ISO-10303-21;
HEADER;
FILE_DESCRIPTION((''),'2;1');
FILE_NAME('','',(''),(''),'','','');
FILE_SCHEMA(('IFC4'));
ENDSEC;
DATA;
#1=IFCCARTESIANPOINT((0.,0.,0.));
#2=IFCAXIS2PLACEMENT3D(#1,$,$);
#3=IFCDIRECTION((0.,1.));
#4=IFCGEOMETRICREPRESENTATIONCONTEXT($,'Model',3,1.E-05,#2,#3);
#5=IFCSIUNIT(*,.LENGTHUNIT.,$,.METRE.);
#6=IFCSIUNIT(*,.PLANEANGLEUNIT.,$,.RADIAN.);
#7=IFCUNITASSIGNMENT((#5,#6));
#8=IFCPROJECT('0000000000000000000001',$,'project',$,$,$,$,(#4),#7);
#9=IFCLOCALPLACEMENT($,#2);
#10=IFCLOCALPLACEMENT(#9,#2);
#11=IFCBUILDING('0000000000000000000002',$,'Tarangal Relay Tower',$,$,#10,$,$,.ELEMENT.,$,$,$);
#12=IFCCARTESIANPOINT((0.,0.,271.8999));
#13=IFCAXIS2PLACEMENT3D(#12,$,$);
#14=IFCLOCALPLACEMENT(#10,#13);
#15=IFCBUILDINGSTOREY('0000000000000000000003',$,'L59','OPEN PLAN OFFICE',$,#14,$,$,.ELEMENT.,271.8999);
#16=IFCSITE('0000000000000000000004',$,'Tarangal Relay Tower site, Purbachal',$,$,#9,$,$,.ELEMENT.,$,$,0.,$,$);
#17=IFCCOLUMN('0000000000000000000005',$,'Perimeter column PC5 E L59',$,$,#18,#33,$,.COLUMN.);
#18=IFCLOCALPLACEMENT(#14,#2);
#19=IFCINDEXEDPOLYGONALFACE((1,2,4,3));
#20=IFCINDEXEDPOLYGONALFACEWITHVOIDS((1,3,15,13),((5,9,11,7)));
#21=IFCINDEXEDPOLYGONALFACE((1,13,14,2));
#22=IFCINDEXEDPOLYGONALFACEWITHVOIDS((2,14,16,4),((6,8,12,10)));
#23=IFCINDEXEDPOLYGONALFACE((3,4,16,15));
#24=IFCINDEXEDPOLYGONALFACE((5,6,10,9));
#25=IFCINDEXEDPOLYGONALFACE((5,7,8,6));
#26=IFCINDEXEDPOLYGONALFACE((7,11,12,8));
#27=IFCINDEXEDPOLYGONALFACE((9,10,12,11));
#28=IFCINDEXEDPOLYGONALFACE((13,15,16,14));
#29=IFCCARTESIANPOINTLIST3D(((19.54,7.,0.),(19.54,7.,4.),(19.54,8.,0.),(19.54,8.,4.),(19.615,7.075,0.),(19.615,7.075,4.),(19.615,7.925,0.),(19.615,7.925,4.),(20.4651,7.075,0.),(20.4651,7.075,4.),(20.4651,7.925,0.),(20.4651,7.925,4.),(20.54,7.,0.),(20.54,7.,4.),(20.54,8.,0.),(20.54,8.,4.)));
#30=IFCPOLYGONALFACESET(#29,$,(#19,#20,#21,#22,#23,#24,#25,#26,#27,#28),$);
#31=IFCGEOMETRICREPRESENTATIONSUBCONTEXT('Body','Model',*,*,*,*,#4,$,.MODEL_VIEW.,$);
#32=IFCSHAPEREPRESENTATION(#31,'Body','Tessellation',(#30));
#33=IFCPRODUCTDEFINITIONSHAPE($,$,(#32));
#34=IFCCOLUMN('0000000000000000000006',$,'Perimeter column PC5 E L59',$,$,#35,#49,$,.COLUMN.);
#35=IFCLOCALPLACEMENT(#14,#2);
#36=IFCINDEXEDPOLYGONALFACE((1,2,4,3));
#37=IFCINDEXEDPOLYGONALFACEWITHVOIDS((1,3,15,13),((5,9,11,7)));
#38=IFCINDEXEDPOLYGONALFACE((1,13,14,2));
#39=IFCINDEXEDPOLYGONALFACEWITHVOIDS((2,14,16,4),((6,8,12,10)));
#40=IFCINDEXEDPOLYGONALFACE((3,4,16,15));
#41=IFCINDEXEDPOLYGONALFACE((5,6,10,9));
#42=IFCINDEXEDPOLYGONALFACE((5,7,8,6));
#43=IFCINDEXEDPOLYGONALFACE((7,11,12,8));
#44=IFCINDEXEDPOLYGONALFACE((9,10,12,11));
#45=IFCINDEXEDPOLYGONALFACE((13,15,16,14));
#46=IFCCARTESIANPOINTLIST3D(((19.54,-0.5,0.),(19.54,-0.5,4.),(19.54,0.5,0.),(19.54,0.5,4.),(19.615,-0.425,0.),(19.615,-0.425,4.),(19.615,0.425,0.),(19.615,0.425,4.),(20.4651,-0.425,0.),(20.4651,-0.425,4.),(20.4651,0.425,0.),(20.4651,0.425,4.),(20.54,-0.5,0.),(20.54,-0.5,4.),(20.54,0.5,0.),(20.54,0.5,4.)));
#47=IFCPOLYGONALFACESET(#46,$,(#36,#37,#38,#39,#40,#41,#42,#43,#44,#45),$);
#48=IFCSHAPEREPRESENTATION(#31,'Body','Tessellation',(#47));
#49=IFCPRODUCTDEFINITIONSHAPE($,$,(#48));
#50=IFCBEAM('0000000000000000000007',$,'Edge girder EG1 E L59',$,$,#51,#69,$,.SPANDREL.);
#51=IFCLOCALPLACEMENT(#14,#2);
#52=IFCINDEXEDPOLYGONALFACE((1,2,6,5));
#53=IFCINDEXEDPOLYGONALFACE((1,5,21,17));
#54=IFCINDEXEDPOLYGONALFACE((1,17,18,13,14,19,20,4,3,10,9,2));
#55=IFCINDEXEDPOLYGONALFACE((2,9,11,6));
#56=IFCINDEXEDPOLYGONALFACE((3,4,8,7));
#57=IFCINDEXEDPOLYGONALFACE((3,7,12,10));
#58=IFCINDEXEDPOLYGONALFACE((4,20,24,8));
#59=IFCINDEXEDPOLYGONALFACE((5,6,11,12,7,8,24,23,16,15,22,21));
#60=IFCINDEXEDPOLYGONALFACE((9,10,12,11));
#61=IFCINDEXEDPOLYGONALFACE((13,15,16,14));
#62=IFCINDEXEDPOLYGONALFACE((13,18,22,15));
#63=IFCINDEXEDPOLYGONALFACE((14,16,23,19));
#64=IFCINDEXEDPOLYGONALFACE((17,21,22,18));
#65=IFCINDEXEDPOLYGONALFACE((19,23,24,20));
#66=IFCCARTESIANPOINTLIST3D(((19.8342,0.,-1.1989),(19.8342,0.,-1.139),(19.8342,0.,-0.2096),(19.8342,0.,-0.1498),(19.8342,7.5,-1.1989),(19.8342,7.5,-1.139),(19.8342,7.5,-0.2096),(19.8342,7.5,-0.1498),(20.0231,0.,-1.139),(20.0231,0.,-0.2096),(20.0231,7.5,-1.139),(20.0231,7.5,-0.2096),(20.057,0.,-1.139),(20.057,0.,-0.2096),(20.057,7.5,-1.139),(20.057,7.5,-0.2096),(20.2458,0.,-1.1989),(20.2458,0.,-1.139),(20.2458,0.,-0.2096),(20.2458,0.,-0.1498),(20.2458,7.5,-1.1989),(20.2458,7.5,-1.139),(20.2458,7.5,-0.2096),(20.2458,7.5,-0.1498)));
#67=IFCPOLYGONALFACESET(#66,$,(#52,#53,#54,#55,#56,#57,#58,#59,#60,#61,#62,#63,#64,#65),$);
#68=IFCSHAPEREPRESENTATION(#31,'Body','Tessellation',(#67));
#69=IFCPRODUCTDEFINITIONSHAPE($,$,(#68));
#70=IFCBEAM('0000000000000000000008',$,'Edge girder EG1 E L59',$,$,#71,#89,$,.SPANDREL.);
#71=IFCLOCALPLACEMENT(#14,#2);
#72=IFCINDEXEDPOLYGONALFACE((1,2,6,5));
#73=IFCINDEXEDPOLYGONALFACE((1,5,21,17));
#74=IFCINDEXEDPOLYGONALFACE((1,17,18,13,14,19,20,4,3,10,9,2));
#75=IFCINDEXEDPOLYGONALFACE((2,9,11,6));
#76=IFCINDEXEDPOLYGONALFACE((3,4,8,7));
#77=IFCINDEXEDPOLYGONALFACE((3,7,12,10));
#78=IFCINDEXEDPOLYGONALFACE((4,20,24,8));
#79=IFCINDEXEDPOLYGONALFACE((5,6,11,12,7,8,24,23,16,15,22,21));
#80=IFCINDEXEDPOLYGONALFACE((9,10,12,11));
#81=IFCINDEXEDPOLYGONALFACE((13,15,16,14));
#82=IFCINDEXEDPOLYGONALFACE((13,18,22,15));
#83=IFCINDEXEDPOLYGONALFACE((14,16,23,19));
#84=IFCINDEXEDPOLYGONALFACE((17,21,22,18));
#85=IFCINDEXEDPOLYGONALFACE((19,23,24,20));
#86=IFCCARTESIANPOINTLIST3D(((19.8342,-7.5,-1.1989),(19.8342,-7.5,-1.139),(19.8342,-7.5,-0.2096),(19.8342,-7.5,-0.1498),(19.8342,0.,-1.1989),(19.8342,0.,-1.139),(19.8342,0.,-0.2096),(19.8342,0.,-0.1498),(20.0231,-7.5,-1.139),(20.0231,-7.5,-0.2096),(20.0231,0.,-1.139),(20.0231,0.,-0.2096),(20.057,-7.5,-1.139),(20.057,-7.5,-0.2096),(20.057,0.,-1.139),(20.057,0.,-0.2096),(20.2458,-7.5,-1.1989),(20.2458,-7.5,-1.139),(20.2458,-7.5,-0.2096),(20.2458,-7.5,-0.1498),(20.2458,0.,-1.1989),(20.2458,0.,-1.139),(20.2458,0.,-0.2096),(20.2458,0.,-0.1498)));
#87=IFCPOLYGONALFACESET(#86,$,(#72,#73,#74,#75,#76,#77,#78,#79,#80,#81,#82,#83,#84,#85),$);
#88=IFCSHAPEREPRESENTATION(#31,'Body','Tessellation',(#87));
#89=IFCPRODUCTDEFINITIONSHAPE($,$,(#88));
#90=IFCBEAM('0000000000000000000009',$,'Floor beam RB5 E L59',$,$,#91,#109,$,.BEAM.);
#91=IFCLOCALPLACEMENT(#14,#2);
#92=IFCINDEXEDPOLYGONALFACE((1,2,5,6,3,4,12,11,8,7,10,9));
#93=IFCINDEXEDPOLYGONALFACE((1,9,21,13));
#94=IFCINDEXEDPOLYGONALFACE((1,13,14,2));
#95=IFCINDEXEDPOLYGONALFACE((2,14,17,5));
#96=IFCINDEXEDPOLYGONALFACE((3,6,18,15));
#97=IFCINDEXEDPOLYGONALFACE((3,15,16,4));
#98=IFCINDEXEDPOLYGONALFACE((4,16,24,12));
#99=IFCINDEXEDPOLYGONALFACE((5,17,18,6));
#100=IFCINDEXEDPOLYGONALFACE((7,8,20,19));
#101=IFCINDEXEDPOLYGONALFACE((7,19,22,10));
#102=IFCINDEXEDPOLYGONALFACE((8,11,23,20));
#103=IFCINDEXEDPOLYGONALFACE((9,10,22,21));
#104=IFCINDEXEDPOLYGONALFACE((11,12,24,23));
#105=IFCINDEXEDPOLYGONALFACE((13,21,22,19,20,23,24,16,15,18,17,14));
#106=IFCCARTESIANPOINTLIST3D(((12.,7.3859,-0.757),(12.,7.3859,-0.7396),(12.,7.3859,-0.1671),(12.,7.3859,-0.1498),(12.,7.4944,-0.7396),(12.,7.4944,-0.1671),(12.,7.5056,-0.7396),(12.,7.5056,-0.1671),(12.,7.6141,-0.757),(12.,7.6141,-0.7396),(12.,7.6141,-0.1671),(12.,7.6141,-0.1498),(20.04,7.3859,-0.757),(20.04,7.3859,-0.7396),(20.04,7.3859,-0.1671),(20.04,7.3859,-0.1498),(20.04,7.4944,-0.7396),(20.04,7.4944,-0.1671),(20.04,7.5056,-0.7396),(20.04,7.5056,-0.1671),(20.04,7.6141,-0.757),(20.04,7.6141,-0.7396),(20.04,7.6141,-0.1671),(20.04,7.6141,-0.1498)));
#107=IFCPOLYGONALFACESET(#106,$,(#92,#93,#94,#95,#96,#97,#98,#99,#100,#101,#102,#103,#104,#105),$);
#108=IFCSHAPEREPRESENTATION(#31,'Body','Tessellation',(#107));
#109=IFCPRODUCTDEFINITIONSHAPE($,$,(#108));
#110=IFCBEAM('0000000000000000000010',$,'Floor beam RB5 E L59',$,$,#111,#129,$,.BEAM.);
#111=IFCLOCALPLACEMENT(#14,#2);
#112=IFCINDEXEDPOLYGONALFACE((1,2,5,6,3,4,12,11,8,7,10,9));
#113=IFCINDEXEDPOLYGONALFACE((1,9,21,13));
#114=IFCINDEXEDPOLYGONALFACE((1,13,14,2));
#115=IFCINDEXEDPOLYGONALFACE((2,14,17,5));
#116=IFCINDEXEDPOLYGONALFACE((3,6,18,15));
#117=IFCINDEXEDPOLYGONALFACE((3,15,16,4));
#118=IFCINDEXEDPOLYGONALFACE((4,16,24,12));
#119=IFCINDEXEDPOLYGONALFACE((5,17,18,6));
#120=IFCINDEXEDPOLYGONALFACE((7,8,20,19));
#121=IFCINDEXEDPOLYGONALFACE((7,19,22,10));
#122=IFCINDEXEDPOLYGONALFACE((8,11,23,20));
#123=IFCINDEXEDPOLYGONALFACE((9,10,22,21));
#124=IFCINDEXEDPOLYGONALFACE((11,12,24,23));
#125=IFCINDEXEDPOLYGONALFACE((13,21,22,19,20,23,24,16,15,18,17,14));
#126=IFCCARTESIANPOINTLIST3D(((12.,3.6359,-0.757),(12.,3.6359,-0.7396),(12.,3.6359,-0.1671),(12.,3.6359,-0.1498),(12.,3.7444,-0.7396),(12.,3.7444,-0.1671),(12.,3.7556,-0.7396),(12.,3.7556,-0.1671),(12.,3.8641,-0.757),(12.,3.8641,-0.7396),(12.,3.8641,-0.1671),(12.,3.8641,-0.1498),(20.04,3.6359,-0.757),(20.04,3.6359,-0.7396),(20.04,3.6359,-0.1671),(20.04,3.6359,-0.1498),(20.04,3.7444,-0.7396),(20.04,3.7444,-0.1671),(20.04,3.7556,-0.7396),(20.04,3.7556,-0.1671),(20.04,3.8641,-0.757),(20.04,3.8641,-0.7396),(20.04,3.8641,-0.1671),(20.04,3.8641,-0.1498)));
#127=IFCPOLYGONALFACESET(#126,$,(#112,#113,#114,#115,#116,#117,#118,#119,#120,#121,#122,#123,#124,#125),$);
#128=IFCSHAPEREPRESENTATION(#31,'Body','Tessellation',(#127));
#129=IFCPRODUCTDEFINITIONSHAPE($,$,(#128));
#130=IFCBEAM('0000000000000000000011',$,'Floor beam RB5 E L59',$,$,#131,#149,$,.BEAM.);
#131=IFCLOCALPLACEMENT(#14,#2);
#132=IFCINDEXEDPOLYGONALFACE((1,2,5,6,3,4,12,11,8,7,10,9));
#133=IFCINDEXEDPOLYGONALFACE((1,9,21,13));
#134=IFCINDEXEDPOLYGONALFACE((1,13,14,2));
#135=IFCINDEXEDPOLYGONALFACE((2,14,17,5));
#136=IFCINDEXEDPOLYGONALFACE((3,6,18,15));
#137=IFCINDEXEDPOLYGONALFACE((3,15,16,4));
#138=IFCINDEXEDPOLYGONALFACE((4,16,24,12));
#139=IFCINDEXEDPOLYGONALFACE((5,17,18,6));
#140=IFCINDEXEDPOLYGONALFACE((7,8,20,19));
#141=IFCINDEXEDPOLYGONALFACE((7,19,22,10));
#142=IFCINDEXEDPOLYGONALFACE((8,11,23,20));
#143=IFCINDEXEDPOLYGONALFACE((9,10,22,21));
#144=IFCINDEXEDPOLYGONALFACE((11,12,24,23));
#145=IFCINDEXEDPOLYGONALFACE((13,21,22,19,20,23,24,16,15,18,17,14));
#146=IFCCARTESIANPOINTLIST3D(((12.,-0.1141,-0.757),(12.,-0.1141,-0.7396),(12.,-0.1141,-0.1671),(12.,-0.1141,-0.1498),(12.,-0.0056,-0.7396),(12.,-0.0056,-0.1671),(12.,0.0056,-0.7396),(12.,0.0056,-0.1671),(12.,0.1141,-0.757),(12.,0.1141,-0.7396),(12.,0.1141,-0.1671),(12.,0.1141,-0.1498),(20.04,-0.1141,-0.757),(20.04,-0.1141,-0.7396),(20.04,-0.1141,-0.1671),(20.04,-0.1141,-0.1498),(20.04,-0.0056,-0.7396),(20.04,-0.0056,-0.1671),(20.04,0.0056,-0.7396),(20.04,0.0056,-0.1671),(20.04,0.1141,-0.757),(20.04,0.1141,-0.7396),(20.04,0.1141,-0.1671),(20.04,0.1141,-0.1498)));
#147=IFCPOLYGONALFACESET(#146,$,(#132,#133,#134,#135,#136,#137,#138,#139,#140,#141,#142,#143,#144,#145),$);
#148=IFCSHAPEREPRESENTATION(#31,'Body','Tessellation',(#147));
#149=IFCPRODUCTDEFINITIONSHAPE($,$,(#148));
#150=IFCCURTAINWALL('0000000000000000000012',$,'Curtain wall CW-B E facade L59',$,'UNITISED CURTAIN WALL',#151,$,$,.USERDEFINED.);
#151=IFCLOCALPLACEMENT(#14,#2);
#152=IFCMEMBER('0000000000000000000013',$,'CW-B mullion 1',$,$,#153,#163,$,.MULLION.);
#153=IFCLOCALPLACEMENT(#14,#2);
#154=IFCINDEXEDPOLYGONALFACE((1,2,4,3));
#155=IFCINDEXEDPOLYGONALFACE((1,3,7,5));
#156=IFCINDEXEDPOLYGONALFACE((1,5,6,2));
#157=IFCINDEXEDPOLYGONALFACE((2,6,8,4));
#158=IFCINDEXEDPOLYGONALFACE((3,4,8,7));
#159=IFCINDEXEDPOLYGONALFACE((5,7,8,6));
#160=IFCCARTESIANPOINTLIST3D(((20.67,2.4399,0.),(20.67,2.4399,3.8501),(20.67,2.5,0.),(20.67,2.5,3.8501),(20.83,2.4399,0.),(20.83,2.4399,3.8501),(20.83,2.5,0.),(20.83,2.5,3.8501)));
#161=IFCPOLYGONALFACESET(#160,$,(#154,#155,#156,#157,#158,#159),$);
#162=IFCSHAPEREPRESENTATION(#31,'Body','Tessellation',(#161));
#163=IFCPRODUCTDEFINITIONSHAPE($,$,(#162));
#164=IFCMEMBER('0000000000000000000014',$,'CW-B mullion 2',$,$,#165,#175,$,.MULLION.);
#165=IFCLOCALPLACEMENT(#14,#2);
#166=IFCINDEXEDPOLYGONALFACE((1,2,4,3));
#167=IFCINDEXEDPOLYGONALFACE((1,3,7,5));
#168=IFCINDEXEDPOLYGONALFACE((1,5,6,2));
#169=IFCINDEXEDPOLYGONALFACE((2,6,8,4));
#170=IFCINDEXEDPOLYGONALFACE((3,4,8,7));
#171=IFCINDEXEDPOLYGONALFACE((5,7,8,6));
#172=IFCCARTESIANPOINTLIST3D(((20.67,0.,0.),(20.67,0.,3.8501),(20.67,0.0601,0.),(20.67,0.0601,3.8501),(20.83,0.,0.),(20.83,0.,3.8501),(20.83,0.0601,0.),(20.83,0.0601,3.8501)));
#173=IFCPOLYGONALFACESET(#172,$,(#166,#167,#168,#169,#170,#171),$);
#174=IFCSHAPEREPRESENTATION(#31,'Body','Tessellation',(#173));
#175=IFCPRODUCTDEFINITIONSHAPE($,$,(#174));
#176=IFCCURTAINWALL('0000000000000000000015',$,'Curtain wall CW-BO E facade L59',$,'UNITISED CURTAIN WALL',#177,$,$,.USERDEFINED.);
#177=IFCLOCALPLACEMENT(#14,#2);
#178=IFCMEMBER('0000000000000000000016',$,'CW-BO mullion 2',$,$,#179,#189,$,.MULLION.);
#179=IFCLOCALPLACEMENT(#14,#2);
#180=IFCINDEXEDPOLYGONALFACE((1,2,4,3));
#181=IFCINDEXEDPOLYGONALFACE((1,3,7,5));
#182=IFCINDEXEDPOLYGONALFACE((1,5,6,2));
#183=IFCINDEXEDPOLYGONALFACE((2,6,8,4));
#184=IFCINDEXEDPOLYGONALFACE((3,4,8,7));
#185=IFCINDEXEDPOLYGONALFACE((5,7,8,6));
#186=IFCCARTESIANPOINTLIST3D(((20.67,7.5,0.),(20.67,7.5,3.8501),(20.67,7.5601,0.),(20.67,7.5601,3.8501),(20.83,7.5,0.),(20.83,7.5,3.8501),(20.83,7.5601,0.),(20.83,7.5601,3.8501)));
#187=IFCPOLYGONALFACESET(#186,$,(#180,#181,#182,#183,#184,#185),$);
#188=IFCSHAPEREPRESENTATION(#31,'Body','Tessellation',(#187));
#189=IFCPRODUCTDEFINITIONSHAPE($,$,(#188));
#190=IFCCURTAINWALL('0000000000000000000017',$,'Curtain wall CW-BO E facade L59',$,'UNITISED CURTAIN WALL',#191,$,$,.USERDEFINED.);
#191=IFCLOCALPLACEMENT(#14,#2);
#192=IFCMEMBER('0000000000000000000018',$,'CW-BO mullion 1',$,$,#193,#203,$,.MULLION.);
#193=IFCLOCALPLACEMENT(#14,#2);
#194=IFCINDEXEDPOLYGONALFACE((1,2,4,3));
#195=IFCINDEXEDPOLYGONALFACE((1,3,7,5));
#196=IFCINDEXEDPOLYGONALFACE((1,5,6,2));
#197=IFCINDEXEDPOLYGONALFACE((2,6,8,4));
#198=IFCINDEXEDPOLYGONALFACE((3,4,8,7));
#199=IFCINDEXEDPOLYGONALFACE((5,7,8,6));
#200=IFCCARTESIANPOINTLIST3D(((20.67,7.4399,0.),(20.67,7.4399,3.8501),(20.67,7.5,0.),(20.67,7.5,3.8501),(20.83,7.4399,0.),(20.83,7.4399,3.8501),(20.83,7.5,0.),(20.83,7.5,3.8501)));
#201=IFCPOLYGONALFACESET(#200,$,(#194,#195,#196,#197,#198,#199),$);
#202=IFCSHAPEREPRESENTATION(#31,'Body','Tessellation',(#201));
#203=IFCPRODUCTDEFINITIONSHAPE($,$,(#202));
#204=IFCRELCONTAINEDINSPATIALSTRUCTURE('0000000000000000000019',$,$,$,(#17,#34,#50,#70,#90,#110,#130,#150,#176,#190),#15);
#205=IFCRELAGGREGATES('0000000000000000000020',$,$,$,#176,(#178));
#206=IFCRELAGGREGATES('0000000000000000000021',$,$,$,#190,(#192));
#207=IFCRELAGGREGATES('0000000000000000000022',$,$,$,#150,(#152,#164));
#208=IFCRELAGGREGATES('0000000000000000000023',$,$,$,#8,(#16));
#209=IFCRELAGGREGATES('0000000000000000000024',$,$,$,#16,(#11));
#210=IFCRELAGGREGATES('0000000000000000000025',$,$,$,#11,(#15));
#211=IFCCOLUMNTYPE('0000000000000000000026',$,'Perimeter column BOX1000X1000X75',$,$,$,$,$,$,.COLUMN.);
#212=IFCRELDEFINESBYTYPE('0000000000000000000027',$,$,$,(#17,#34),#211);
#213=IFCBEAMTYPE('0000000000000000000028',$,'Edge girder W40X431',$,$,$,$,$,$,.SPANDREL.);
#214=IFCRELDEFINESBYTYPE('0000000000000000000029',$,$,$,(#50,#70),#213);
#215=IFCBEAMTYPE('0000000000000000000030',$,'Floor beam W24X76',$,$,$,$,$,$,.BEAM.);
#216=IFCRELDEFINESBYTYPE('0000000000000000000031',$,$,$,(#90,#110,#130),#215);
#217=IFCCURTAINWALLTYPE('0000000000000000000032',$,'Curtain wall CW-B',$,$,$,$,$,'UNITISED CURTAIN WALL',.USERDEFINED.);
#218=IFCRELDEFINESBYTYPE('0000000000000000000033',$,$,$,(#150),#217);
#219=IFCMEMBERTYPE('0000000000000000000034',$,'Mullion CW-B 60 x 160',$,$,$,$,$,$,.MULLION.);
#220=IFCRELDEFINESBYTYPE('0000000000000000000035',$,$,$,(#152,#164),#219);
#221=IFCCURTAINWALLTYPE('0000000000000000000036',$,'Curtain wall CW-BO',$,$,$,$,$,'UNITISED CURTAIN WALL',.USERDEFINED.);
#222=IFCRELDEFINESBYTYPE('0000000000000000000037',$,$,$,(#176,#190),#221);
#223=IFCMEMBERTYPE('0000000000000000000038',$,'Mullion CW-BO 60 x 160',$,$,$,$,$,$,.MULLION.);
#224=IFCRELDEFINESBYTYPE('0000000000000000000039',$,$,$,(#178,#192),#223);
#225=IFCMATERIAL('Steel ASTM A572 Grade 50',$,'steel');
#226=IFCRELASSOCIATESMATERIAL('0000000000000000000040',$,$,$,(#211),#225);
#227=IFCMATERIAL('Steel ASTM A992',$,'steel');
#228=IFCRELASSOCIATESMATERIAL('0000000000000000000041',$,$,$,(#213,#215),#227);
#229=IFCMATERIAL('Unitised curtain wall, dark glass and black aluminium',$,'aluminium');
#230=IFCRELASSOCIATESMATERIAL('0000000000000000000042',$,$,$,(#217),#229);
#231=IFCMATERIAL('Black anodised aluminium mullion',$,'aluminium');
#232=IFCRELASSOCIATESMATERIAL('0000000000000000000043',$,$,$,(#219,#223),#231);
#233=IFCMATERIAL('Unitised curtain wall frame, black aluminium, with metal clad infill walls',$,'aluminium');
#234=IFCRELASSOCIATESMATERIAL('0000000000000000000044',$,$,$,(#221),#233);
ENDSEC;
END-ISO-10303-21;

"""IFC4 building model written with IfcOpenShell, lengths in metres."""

from ifc_helpers import new_model, si_unit, direction, frame, origin, origin_2d, place, context, subcontext, project, spatial, rectangle, hollow_rectangle, i_section, extrude, material, material_profile, profile_set, type_object, element, aggregate, save


model = new_model("IFC4")

# Units and contexts
model_context = context("Model", 3, precision=1e-05, world=origin(), true_north=direction((0.0, 1.0)))
body_context = subcontext(model_context, "Body", "Model", "MODEL_VIEW")
ifc_project = project(units=[si_unit("LENGTHUNIT", "METRE"), si_unit("PLANEANGLEUNIT", "RADIAN")], contexts=[model_context])

# Site, building, storey
site_placement = place(None, origin())
site = spatial("IfcSite", under=ifc_project, at=site_placement, Name="Tarangal Relay Tower site, Purbachal", CompositionType="ELEMENT", RefElevation=0.0)
building_placement = place(site_placement, origin())
building = spatial("IfcBuilding", under=site, at=building_placement, Name="Tarangal Relay Tower", CompositionType="ELEMENT")
storey_placement = place(building_placement, frame((0.0, 0.0, 271.8999)))
storey = spatial("IfcBuildingStorey", under=building, at=storey_placement, Name="L59", Description="OPEN PLAN OFFICE", CompositionType="ELEMENT", Elevation=271.8999)

# Columns
ifc_material_1 = material(Name="Steel ASTM A572 Grade 50", Category="steel")
ifc_material_profile_1 = material_profile(ifc_material_1, hollow_rectangle(XDim=1.0, YDim=1.0, WallThickness=0.075, at=origin_2d()), Name="BOX1000X1000X75")
ifc_profile_set_1 = profile_set([ifc_material_profile_1], Name="Steel ASTM A572 Grade 50")
column_type = type_object("IfcColumnType", Name="Perimeter column BOX1000X1000X75", PredefinedType="COLUMN", material=ifc_profile_set_1)
for number, where, z_axis, x_axis, name in (
    (1, (20.04, 7.5, 0.0), (0.0, 0.0, 1.0), (1.0, 0.0, 0.0), "Perimeter column PC5 E L59"),
    (2, (20.04, 0.0, 0.0), (0.0, 0.0, 1.0), (1.0, 0.0, 0.0), "Perimeter column PC5 E L59"),
):
    element("IfcColumn", number, at=place(storey_placement, frame(where, z_axis=z_axis, x_axis=x_axis)), inside=storey, type_object=column_type, Name=name, PredefinedType="COLUMN", context=body_context, shape_type="SweptSolid", body=[
        extrude(hollow_rectangle(XDim=1.0, YDim=1.0, WallThickness=0.075, at=origin_2d()), origin(), (0.0, 0.0, 1.0), 4.0),
    ])

# Beams
ifc_material_2 = material(Name="Steel ASTM A992", Category="steel")
ifc_material_profile_2 = material_profile(ifc_material_2, i_section(OverallWidth=0.4116, OverallDepth=1.0491, WebThickness=0.0339, FlangeThickness=0.0598, at=origin_2d()), Name="W40X431")
ifc_profile_set_2 = profile_set([ifc_material_profile_2], Name="Steel ASTM A992")
beam_type_1 = type_object("IfcBeamType", Name="Edge girder W40X431", PredefinedType="SPANDREL", material=ifc_profile_set_2)
for number, where, z_axis, x_axis, name in (
    (3, (20.04, 7.5, -0.6743), (0.0, -1.0, 0.0), (1.0, 0.0, 0.0), "Edge girder EG1 E L59"),
    (4, (20.04, 0.0, -0.6743), (0.0, -1.0, 0.0), (1.0, 0.0, 0.0), "Edge girder EG1 E L59"),
):
    element("IfcBeam", number, at=place(storey_placement, frame(where, z_axis=z_axis, x_axis=x_axis)), inside=storey, type_object=beam_type_1, Name=name, PredefinedType="SPANDREL", context=body_context, shape_type="SweptSolid", body=[
        extrude(i_section(OverallWidth=0.4116, OverallDepth=1.0491, WebThickness=0.0339, FlangeThickness=0.0598, at=origin_2d()), origin(), (0.0, 0.0, 1.0), 7.5),
    ])
ifc_material_profile_3 = material_profile(ifc_material_2, i_section(OverallWidth=0.2283, OverallDepth=0.6072, WebThickness=0.0112, FlangeThickness=0.0173, at=origin_2d()), Name="W24X76")
ifc_profile_set_3 = profile_set([ifc_material_profile_3], Name="Steel ASTM A992")
beam_type_2 = type_object("IfcBeamType", Name="Floor beam W24X76", PredefinedType="BEAM", material=ifc_profile_set_3)
for number, where, z_axis, x_axis, name in (
    (5, (12.0, 7.5, -0.4534), (1.0, 0.0, 0.0), (0.0, 1.0, 0.0), "Floor beam RB5 E L59"),
    (6, (12.0, 3.75, -0.4534), (1.0, 0.0, 0.0), (0.0, 1.0, 0.0), "Floor beam RB5 E L59"),
    (7, (12.0, 0.0, -0.4534), (1.0, 0.0, 0.0), (0.0, 1.0, 0.0), "Floor beam RB5 E L59"),
):
    element("IfcBeam", number, at=place(storey_placement, frame(where, z_axis=z_axis, x_axis=x_axis)), inside=storey, type_object=beam_type_2, Name=name, PredefinedType="BEAM", context=body_context, shape_type="SweptSolid", body=[
        extrude(i_section(OverallWidth=0.2283, OverallDepth=0.6072, WebThickness=0.0112, FlangeThickness=0.0173, at=origin_2d()), origin(), (0.0, 0.0, 1.0), 8.04),
    ])

# Curtain wall, members
ifc_material_3 = material(Name="Unitised curtain wall, dark glass and black aluminium", Category="aluminium")
curtain_wall_type_1 = type_object("IfcCurtainWallType", Name="Curtain wall CW-B", ElementType="UNITISED CURTAIN WALL", PredefinedType="USERDEFINED", material=ifc_material_3)
curtain_wall_1_placement = place(storey_placement, origin())
curtain_wall_1 = element("IfcCurtainWall", 8, at=curtain_wall_1_placement, inside=storey, type_object=curtain_wall_type_1, Name="Curtain wall CW-B E facade L59", ObjectType="UNITISED CURTAIN WALL", PredefinedType="USERDEFINED")
ifc_material_4 = material(Name="Black anodised aluminium mullion", Category="aluminium")
ifc_material_profile_4 = material_profile(ifc_material_4, rectangle(XDim=0.1599, YDim=0.0601, at=origin_2d()), Name="CW-BM 60X160")
ifc_profile_set_4 = profile_set([ifc_material_profile_4], Name="Black anodised aluminium mullion")
member_type_1 = type_object("IfcMemberType", Name="Mullion CW-B 60 x 160", PredefinedType="MULLION", material=ifc_profile_set_4)
member_1_placement = place(storey_placement, frame((20.75, 2.47, 0.0), z_axis=(0.0, 0.0, 1.0), x_axis=(1.0, 0.0, 0.0)))
member_1 = element("IfcMember", 9, at=member_1_placement, type_object=member_type_1, Name="CW-B mullion 1", PredefinedType="MULLION", context=body_context, shape_type="SweptSolid", body=[
    extrude(rectangle(XDim=0.1599, YDim=0.0601, at=origin_2d()), origin(), (0.0, 0.0, 1.0), 3.8501),
])
member_2_placement = place(storey_placement, frame((20.75, 0.03, 0.0), z_axis=(0.0, 0.0, 1.0), x_axis=(1.0, 0.0, 0.0)))
member_2 = element("IfcMember", 10, at=member_2_placement, type_object=member_type_1, Name="CW-B mullion 2", PredefinedType="MULLION", context=body_context, shape_type="SweptSolid", body=[
    extrude(rectangle(XDim=0.1599, YDim=0.0601, at=origin_2d()), origin(), (0.0, 0.0, 1.0), 3.8501),
])

# Curtain wall, member
ifc_material_5 = material(Name="Unitised curtain wall frame, black aluminium, with metal clad infill walls", Category="aluminium")
curtain_wall_type_2 = type_object("IfcCurtainWallType", Name="Curtain wall CW-BO", ElementType="UNITISED CURTAIN WALL", PredefinedType="USERDEFINED", material=ifc_material_5)
curtain_wall_2_placement = place(storey_placement, origin())
curtain_wall_2 = element("IfcCurtainWall", 11, at=curtain_wall_2_placement, inside=storey, type_object=curtain_wall_type_2, Name="Curtain wall CW-BO E facade L59", ObjectType="UNITISED CURTAIN WALL", PredefinedType="USERDEFINED")
ifc_material_profile_5 = material_profile(ifc_material_4, rectangle(XDim=0.1599, YDim=0.0601, at=origin_2d()), Name="CW-BOM 60X160")
ifc_profile_set_5 = profile_set([ifc_material_profile_5], Name="Black anodised aluminium mullion")
member_type_2 = type_object("IfcMemberType", Name="Mullion CW-BO 60 x 160", PredefinedType="MULLION", material=ifc_profile_set_5)
member_3_placement = place(storey_placement, frame((20.75, 7.53, 0.0), z_axis=(0.0, 0.0, 1.0), x_axis=(1.0, 0.0, 0.0)))
member_3 = element("IfcMember", 12, at=member_3_placement, type_object=member_type_2, Name="CW-BO mullion 2", PredefinedType="MULLION", context=body_context, shape_type="SweptSolid", body=[
    extrude(rectangle(XDim=0.1599, YDim=0.0601, at=origin_2d()), origin(), (0.0, 0.0, 1.0), 3.8501),
])
aggregate(curtain_wall_2, [member_3])

# Curtain wall, member
curtain_wall_3_placement = place(storey_placement, origin())
curtain_wall_3 = element("IfcCurtainWall", 13, at=curtain_wall_3_placement, inside=storey, type_object=curtain_wall_type_2, Name="Curtain wall CW-BO E facade L59", ObjectType="UNITISED CURTAIN WALL", PredefinedType="USERDEFINED")
member_4_placement = place(storey_placement, frame((20.75, 7.47, 0.0), z_axis=(0.0, 0.0, 1.0), x_axis=(1.0, 0.0, 0.0)))
member_4 = element("IfcMember", 14, at=member_4_placement, type_object=member_type_2, Name="CW-BO mullion 1", PredefinedType="MULLION", context=body_context, shape_type="SweptSolid", body=[
    extrude(rectangle(XDim=0.1599, YDim=0.0601, at=origin_2d()), origin(), (0.0, 0.0, 1.0), 3.8501),
])

aggregate(curtain_wall_3, [member_4])

aggregate(curtain_wall_1, [member_1, member_2])

save(model, "model.ifc")
